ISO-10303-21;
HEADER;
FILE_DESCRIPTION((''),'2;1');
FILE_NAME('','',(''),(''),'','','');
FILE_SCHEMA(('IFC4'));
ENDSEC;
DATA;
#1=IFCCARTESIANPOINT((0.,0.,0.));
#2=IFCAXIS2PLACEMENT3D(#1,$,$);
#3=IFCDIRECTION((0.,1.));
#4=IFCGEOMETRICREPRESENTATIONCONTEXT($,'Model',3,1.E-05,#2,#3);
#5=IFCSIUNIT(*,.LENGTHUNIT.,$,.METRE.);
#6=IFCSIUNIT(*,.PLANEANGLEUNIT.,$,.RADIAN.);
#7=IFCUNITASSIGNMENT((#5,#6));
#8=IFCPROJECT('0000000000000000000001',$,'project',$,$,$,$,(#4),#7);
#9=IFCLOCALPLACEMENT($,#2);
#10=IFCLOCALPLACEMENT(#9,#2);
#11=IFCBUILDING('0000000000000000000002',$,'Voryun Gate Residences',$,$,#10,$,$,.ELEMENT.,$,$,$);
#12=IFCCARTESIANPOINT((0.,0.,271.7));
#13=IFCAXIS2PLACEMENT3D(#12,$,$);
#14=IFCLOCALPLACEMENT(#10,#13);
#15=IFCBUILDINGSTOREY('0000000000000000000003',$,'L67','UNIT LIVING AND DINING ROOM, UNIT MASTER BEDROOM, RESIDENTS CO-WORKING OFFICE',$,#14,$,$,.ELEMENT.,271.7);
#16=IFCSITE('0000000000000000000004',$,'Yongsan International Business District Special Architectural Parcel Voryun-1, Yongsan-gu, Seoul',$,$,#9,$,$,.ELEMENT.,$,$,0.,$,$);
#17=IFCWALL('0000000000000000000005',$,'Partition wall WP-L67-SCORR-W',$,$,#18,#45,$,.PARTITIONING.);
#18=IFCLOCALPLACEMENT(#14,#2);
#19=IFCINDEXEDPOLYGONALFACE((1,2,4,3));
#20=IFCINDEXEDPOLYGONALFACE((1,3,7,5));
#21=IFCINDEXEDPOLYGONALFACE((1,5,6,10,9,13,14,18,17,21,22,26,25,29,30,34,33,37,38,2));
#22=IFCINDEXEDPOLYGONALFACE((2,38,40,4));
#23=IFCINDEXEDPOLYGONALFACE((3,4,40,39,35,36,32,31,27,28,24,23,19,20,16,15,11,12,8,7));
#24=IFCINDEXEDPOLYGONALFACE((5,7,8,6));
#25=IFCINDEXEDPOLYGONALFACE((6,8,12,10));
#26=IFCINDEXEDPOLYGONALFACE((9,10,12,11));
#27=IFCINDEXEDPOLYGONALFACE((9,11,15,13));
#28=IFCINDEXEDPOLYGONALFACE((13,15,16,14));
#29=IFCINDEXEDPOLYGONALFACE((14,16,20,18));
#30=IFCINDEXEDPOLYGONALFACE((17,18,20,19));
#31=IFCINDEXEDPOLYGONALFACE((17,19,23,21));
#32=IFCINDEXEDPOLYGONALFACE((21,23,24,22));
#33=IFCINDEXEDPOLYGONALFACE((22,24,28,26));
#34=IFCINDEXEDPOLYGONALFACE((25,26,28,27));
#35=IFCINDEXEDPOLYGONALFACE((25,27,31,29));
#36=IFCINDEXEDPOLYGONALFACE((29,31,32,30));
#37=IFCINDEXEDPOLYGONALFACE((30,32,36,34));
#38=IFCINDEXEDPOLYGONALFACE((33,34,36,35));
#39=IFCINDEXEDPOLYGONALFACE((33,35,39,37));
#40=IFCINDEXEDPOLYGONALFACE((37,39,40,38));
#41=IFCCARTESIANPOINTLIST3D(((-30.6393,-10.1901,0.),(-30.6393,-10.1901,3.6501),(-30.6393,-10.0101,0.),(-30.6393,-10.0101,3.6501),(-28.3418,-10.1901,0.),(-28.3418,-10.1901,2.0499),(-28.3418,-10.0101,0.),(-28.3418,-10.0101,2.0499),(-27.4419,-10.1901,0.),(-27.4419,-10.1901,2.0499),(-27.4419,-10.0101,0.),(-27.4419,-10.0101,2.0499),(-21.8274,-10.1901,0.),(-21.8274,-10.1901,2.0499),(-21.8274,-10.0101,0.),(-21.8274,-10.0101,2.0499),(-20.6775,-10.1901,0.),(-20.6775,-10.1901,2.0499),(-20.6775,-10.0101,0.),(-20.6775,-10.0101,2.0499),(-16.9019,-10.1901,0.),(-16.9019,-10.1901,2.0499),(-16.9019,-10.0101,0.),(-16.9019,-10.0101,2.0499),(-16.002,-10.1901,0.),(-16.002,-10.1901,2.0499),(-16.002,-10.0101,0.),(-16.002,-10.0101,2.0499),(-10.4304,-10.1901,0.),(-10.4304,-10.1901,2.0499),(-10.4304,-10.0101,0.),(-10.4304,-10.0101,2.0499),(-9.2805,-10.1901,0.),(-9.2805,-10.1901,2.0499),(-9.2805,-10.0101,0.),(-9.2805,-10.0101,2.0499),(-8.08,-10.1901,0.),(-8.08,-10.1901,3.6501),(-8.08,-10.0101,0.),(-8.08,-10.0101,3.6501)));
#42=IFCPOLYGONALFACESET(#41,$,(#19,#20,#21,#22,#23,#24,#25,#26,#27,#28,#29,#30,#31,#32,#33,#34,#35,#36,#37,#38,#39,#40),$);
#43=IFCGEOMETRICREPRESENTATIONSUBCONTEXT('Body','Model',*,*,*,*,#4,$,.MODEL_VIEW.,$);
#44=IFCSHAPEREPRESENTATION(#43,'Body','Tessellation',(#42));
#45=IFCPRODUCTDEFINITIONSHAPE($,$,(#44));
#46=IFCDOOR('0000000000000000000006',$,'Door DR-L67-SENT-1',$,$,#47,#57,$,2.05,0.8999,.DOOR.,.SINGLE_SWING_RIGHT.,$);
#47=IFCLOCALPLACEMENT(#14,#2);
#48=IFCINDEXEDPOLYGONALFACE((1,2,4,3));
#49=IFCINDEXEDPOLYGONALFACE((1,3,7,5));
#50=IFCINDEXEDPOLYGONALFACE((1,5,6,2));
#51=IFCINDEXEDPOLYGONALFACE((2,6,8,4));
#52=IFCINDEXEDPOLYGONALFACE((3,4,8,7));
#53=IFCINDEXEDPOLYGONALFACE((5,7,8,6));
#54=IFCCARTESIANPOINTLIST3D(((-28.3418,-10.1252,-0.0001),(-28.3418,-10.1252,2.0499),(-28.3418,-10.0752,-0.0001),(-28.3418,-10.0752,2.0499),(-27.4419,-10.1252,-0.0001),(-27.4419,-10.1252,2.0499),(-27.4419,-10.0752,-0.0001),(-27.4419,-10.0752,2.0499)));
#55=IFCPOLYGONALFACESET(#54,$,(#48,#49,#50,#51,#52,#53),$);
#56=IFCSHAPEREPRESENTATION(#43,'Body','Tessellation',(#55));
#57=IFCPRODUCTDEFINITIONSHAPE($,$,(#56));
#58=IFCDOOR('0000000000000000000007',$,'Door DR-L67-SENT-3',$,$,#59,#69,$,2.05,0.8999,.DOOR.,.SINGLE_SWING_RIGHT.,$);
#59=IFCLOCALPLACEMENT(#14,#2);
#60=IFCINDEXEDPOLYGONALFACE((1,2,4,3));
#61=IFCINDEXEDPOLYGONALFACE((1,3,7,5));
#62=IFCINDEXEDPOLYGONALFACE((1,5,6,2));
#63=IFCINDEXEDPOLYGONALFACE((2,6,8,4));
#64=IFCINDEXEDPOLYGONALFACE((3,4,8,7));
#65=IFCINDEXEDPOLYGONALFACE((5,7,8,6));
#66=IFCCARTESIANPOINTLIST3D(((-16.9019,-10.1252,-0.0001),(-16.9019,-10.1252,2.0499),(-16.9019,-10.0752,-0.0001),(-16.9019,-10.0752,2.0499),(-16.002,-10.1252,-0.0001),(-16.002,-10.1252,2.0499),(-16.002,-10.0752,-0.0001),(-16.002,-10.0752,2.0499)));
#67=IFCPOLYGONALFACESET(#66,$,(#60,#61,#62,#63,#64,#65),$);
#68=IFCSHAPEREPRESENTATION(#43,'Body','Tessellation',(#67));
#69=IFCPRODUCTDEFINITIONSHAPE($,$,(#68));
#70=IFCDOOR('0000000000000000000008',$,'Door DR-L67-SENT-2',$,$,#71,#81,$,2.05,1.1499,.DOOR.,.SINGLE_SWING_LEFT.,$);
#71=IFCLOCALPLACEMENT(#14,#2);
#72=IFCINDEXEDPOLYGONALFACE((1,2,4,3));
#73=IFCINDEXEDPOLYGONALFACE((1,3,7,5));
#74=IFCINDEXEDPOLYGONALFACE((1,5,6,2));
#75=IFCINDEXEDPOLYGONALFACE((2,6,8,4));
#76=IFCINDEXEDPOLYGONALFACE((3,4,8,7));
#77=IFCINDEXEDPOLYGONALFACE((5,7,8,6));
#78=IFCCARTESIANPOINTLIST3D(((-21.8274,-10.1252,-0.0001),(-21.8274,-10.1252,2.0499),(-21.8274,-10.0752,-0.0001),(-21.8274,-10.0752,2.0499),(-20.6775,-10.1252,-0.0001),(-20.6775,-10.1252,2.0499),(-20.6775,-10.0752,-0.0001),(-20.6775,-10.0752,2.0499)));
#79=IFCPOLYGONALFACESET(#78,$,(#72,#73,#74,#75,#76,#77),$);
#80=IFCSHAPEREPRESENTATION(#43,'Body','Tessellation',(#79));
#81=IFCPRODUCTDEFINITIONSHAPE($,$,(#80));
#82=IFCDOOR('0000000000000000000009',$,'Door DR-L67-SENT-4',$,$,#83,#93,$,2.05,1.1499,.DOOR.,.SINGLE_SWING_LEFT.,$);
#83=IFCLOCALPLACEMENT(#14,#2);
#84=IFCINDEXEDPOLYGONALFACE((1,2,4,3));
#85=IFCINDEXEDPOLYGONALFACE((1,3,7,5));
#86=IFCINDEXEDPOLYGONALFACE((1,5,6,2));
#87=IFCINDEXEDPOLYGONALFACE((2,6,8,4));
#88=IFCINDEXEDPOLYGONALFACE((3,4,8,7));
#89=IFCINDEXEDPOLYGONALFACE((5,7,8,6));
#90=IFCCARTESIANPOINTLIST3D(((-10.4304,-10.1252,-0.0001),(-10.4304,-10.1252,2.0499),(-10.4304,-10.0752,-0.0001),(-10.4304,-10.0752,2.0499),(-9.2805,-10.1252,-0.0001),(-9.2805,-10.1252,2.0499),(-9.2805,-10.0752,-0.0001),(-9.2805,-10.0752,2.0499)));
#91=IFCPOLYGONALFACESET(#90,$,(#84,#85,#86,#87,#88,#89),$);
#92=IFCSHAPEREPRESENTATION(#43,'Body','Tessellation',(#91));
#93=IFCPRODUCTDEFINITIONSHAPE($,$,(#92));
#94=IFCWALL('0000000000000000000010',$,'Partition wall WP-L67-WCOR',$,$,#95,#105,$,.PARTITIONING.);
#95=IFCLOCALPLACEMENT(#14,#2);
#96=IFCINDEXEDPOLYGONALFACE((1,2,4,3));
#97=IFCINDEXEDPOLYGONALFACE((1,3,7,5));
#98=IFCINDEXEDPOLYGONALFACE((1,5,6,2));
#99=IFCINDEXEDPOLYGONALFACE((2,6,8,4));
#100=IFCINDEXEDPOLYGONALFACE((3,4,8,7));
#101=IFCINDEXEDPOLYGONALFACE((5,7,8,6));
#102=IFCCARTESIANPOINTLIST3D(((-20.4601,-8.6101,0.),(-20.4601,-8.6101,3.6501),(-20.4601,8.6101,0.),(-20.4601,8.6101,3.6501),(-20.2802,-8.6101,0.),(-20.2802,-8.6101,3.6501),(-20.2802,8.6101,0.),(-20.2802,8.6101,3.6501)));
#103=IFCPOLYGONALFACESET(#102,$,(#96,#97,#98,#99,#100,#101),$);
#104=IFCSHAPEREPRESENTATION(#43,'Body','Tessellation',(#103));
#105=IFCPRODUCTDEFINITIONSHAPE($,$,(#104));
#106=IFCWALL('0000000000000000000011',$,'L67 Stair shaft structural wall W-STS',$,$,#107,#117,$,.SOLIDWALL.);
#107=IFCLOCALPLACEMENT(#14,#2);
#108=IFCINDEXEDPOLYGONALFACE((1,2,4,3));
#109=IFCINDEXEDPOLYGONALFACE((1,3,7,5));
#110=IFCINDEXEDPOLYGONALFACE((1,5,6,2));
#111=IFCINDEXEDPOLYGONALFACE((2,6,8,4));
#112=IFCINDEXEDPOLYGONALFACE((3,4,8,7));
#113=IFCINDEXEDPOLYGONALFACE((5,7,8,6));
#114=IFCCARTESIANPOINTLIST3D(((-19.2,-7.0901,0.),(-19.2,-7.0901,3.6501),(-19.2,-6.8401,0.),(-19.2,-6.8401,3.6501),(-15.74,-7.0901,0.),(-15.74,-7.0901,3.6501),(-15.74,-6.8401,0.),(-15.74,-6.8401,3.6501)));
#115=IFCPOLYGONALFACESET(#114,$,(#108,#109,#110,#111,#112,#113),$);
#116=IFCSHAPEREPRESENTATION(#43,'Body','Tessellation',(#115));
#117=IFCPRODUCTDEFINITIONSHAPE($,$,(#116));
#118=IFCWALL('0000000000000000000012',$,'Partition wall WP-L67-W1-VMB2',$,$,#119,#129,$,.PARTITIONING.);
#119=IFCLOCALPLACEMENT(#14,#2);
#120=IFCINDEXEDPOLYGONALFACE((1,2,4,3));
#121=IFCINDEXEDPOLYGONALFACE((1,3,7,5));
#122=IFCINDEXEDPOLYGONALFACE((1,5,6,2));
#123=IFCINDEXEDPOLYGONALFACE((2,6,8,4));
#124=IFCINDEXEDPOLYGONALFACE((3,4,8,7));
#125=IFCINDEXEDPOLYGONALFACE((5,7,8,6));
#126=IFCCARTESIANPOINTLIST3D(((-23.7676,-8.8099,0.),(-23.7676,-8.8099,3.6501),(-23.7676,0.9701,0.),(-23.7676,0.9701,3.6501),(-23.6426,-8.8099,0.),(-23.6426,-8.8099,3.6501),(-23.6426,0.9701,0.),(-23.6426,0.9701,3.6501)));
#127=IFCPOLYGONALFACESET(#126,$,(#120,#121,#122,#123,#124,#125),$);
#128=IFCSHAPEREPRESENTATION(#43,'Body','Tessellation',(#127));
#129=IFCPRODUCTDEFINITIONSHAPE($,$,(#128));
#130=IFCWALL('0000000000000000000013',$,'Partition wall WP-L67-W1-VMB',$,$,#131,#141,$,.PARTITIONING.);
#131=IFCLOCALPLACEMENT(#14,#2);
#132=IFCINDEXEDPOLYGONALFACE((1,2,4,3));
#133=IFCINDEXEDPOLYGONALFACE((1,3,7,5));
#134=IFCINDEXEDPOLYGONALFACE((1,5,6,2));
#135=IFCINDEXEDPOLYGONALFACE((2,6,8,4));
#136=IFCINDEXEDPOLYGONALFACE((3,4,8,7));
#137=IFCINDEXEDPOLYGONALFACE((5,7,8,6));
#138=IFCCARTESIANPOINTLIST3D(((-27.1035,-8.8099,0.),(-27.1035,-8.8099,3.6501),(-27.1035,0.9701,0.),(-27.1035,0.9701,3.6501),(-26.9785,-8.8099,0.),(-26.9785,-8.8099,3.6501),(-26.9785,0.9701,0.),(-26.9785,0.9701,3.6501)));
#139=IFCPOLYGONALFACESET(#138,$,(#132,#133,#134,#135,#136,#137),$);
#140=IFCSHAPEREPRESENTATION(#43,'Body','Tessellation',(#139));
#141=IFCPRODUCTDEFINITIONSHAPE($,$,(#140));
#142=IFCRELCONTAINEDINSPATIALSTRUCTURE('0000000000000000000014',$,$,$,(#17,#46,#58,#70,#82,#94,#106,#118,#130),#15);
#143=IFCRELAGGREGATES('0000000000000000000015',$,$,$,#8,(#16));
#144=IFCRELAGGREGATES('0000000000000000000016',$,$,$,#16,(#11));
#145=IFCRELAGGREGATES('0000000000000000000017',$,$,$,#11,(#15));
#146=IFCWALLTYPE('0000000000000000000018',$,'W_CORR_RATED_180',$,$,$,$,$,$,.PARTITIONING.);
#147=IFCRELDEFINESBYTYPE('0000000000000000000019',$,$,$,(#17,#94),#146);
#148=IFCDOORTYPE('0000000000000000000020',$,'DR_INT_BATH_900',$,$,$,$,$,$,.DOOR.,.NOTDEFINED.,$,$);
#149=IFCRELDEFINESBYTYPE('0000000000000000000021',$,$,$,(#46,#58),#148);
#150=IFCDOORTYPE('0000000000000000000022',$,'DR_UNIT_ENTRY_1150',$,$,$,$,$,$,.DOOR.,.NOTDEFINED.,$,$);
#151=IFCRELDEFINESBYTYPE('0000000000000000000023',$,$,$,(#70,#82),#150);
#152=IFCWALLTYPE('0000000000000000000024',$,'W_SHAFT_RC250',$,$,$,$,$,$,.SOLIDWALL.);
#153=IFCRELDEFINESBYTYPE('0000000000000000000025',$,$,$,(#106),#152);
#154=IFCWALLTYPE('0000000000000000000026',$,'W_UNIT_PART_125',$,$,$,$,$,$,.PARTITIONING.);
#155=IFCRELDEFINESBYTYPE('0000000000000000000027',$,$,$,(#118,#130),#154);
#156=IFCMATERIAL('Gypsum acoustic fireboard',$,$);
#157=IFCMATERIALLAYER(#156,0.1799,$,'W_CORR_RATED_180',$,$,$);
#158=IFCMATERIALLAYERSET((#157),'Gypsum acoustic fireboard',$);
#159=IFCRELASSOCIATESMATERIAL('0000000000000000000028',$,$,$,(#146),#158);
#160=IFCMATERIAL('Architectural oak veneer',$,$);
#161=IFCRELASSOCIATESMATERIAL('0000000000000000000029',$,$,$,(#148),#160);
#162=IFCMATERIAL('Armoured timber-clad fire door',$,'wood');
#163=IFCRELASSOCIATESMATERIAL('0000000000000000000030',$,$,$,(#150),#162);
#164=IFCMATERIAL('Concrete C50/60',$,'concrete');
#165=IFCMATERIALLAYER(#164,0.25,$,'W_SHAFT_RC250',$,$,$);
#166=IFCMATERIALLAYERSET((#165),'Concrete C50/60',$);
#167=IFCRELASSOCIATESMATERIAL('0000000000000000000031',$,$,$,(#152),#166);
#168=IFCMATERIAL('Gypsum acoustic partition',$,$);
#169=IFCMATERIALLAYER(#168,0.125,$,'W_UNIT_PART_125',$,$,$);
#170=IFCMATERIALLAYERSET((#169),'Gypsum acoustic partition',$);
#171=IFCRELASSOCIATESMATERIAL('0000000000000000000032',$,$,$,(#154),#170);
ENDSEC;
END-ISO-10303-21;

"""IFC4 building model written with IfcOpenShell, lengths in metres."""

from ifc_helpers import new_model, si_unit, direction, frame, frame_2d, origin, place, context, subcontext, project, spatial, rectangle, extrude, material, layer, layer_set, type_object, element, fill, save


model = new_model("IFC4")

# Units and contexts
model_context = context("Model", 3, precision=1e-05, world=origin(), true_north=direction((0.0, 1.0)))
body_context = subcontext(model_context, "Body", "Model", "MODEL_VIEW")
ifc_project = project(units=[si_unit("LENGTHUNIT", "METRE"), si_unit("PLANEANGLEUNIT", "RADIAN")], contexts=[model_context])

# Site, building, storey
site_placement = place(None, origin())
site = spatial("IfcSite", under=ifc_project, at=site_placement, Name="Yongsan International Business District Special Architectural Parcel Voryun-1, Yongsan-gu, Seoul", CompositionType="ELEMENT", RefElevation=0.0)
building_placement = place(site_placement, origin())
building = spatial("IfcBuilding", under=site, at=building_placement, Name="Voryun Gate Residences", CompositionType="ELEMENT")
storey_placement = place(building_placement, frame((0.0, 0.0, 271.7)))
storey = spatial("IfcBuildingStorey", under=building, at=storey_placement, Name="L67", Description="UNIT LIVING AND DINING ROOM, UNIT MASTER BEDROOM, RESIDENTS CO-WORKING OFFICE", CompositionType="ELEMENT", Elevation=271.7)

# Shared definitions
ifc_material_1 = material(Name="Gypsum acoustic fireboard")
ifc_layer_1 = layer(ifc_material_1, 0.1799, Name="W_CORR_RATED_180")
ifc_layer_set_1 = layer_set([ifc_layer_1], Name="Gypsum acoustic fireboard")
wall_type_1 = type_object("IfcWallType", Name="W_CORR_RATED_180", PredefinedType="PARTITIONING", material=ifc_layer_set_1)

# Wall, openings, doors
wall_1_placement = place(storey_placement, frame((-30.6394, -10.1001, 0.0), z_axis=(0.0, 0.0, 1.0), x_axis=(1.0, 0.0, 0.0)))
wall_1 = element("IfcWall", 1, at=wall_1_placement, inside=storey, type_object=wall_type_1, Name="Partition wall WP-L67-SCORR-W", PredefinedType="PARTITIONING", context=body_context, shape_type="SweptSolid", body=[
    extrude(rectangle(XDim=22.5593, YDim=0.1799, at=frame_2d((11.2798, 0.0))), origin(), (0.0, 0.0, 1.0), 3.6501),
])
opening_1_placement = place(wall_1_placement, frame((2.2976, 0.0, 0.0)))
opening_1 = element("IfcOpeningElement", 2, at=opening_1_placement, cuts=wall_1, PredefinedType="OPENING", context=body_context, shape_type="SweptSolid", body=[
    extrude(rectangle(XDim=0.8999, YDim=2.05, at=frame_2d((0.45, 1.0249))), frame((0.0, 0.0999, 0.0), z_axis=(0.0, -1.0, 0.0), x_axis=(1.0, 0.0, 0.0)), (0.0, 0.0, 1.0), 0.2),
])
opening_2_placement = place(wall_1_placement, frame((8.812, 0.0, 0.0)))
opening_2 = element("IfcOpeningElement", 3, at=opening_2_placement, cuts=wall_1, PredefinedType="OPENING", context=body_context, shape_type="SweptSolid", body=[
    extrude(rectangle(XDim=1.1499, YDim=2.05, at=frame_2d((0.575, 1.0249))), frame((0.0, 0.0999, 0.0), z_axis=(0.0, -1.0, 0.0), x_axis=(1.0, 0.0, 0.0)), (0.0, 0.0, 1.0), 0.2),
])
opening_3_placement = place(wall_1_placement, frame((13.7375, 0.0, 0.0)))
opening_3 = element("IfcOpeningElement", 4, at=opening_3_placement, cuts=wall_1, PredefinedType="OPENING", context=body_context, shape_type="SweptSolid", body=[
    extrude(rectangle(XDim=0.8999, YDim=2.05, at=frame_2d((0.45, 1.0249))), frame((0.0, 0.0999, 0.0), z_axis=(0.0, -1.0, 0.0), x_axis=(1.0, 0.0, 0.0)), (0.0, 0.0, 1.0), 0.2),
])
opening_4_placement = place(wall_1_placement, frame((20.209, 0.0, 0.0)))
opening_4 = element("IfcOpeningElement", 5, at=opening_4_placement, cuts=wall_1, PredefinedType="OPENING", context=body_context, shape_type="SweptSolid", body=[
    extrude(rectangle(XDim=1.1499, YDim=2.05, at=frame_2d((0.575, 1.0249))), frame((0.0, 0.0999, 0.0), z_axis=(0.0, -1.0, 0.0), x_axis=(1.0, 0.0, 0.0)), (0.0, 0.0, 1.0), 0.2),
])
ifc_material_2 = material(Name="Architectural oak veneer")
door_type_1 = type_object("IfcDoorType", Name="DR_INT_BATH_900", OperationType="NOTDEFINED", PredefinedType="DOOR", material=ifc_material_2)
door_1_placement = place(opening_1_placement, origin())
door_1 = element("IfcDoor", 6, at=door_1_placement, inside=storey, type_object=door_type_1, Name="Door DR-L67-SENT-1", OperationType="SINGLE_SWING_RIGHT", OverallHeight=2.05, OverallWidth=0.8999, PredefinedType="DOOR", context=body_context, shape_type="SweptSolid", body=[
    extrude(rectangle(XDim=0.8999, YDim=2.05, at=frame_2d((0.45, 1.0249))), frame((0.0, 0.0249, 0.0), z_axis=(0.0, -1.0, 0.0), x_axis=(1.0, 0.0, 0.0)), (0.0, 0.0, 1.0), 0.05),
])
fill(opening_1, door_1)
door_2_placement = place(opening_3_placement, origin())
door_2 = element("IfcDoor", 7, at=door_2_placement, inside=storey, type_object=door_type_1, Name="Door DR-L67-SENT-3", OperationType="SINGLE_SWING_RIGHT", OverallHeight=2.05, OverallWidth=0.8999, PredefinedType="DOOR", context=body_context, shape_type="SweptSolid", body=[
    extrude(rectangle(XDim=0.8999, YDim=2.05, at=frame_2d((0.45, 1.0249))), frame((0.0, 0.0249, 0.0), z_axis=(0.0, -1.0, 0.0), x_axis=(1.0, 0.0, 0.0)), (0.0, 0.0, 1.0), 0.05),
])
fill(opening_3, door_2)
ifc_material_3 = material(Name="Armoured timber-clad fire door", Category="wood")
door_type_2 = type_object("IfcDoorType", Name="DR_UNIT_ENTRY_1150", OperationType="NOTDEFINED", PredefinedType="DOOR", material=ifc_material_3)
door_3_placement = place(opening_2_placement, origin())
door_3 = element("IfcDoor", 8, at=door_3_placement, inside=storey, type_object=door_type_2, Name="Door DR-L67-SENT-2", OperationType="SINGLE_SWING_LEFT", OverallHeight=2.05, OverallWidth=1.1499, PredefinedType="DOOR", context=body_context, shape_type="SweptSolid", body=[
    extrude(rectangle(XDim=1.1499, YDim=2.05, at=frame_2d((0.575, 1.0249))), frame((0.0, 0.0249, 0.0), z_axis=(0.0, -1.0, 0.0), x_axis=(1.0, 0.0, 0.0)), (0.0, 0.0, 1.0), 0.05),
])
fill(opening_2, door_3)
door_4_placement = place(opening_4_placement, origin())
door_4 = element("IfcDoor", 9, at=door_4_placement, inside=storey, type_object=door_type_2, Name="Door DR-L67-SENT-4", OperationType="SINGLE_SWING_LEFT", OverallHeight=2.05, OverallWidth=1.1499, PredefinedType="DOOR", context=body_context, shape_type="SweptSolid", body=[
    extrude(rectangle(XDim=1.1499, YDim=2.05, at=frame_2d((0.575, 1.0249))), frame((0.0, 0.0249, 0.0), z_axis=(0.0, -1.0, 0.0), x_axis=(1.0, 0.0, 0.0)), (0.0, 0.0, 1.0), 0.05),
])
fill(opening_4, door_4)

# Walls
wall_2_placement = place(storey_placement, frame((-20.3701, -8.6101, 0.0), z_axis=(0.0, 0.0, 1.0), x_axis=(0.0, 1.0, 0.0)))
element("IfcWall", 10, at=wall_2_placement, inside=storey, type_object=wall_type_1, Name="Partition wall WP-L67-WCOR", PredefinedType="PARTITIONING", context=body_context, shape_type="SweptSolid", body=[
    extrude(rectangle(XDim=17.2202, YDim=0.1799, at=frame_2d((8.6101, 0.0))), origin(), (0.0, 0.0, 1.0), 3.6501),
])
ifc_material_4 = material(Name="Concrete C50/60", Category="concrete")
ifc_layer_2 = layer(ifc_material_4, 0.25, Name="W_SHAFT_RC250")
ifc_layer_set_2 = layer_set([ifc_layer_2], Name="Concrete C50/60")
wall_type_2 = type_object("IfcWallType", Name="W_SHAFT_RC250", PredefinedType="SOLIDWALL", material=ifc_layer_set_2)
wall_3_placement = place(storey_placement, frame((-19.2, -6.9651, 0.0), z_axis=(0.0, 0.0, 1.0), x_axis=(1.0, 0.0, 0.0)))
element("IfcWall", 11, at=wall_3_placement, inside=storey, type_object=wall_type_2, Name="L67 Stair shaft structural wall W-STS", PredefinedType="SOLIDWALL", context=body_context, shape_type="SweptSolid", body=[
    extrude(rectangle(XDim=3.46, YDim=0.25, at=frame_2d((1.73, 0.0))), origin(), (0.0, 0.0, 1.0), 3.6501),
])
ifc_material_5 = material(Name="Gypsum acoustic partition")
ifc_layer_3 = layer(ifc_material_5, 0.125, Name="W_UNIT_PART_125")
ifc_layer_set_3 = layer_set([ifc_layer_3], Name="Gypsum acoustic partition")
wall_type_3 = type_object("IfcWallType", Name="W_UNIT_PART_125", PredefinedType="PARTITIONING", material=ifc_layer_set_3)
for number, where, z_axis, x_axis, name in (
    (12, (-23.7051, -8.8101, 0.0), (0.0, 0.0, 1.0), (0.0, 1.0, 0.0), "Partition wall WP-L67-W1-VMB2"),
    (13, (-27.041, -8.8101, 0.0), (0.0, 0.0, 1.0), (0.0, 1.0, 0.0), "Partition wall WP-L67-W1-VMB"),
):
    element("IfcWall", number, at=place(storey_placement, frame(where, z_axis=z_axis, x_axis=x_axis)), inside=storey, type_object=wall_type_3, Name=name, PredefinedType="PARTITIONING", context=body_context, shape_type="SweptSolid", body=[
        extrude(rectangle(XDim=9.78, YDim=0.125, at=frame_2d((4.8901, 0.0))), origin(), (0.0, 0.0, 1.0), 3.6501),
    ])

save(model, "model.ifc")
